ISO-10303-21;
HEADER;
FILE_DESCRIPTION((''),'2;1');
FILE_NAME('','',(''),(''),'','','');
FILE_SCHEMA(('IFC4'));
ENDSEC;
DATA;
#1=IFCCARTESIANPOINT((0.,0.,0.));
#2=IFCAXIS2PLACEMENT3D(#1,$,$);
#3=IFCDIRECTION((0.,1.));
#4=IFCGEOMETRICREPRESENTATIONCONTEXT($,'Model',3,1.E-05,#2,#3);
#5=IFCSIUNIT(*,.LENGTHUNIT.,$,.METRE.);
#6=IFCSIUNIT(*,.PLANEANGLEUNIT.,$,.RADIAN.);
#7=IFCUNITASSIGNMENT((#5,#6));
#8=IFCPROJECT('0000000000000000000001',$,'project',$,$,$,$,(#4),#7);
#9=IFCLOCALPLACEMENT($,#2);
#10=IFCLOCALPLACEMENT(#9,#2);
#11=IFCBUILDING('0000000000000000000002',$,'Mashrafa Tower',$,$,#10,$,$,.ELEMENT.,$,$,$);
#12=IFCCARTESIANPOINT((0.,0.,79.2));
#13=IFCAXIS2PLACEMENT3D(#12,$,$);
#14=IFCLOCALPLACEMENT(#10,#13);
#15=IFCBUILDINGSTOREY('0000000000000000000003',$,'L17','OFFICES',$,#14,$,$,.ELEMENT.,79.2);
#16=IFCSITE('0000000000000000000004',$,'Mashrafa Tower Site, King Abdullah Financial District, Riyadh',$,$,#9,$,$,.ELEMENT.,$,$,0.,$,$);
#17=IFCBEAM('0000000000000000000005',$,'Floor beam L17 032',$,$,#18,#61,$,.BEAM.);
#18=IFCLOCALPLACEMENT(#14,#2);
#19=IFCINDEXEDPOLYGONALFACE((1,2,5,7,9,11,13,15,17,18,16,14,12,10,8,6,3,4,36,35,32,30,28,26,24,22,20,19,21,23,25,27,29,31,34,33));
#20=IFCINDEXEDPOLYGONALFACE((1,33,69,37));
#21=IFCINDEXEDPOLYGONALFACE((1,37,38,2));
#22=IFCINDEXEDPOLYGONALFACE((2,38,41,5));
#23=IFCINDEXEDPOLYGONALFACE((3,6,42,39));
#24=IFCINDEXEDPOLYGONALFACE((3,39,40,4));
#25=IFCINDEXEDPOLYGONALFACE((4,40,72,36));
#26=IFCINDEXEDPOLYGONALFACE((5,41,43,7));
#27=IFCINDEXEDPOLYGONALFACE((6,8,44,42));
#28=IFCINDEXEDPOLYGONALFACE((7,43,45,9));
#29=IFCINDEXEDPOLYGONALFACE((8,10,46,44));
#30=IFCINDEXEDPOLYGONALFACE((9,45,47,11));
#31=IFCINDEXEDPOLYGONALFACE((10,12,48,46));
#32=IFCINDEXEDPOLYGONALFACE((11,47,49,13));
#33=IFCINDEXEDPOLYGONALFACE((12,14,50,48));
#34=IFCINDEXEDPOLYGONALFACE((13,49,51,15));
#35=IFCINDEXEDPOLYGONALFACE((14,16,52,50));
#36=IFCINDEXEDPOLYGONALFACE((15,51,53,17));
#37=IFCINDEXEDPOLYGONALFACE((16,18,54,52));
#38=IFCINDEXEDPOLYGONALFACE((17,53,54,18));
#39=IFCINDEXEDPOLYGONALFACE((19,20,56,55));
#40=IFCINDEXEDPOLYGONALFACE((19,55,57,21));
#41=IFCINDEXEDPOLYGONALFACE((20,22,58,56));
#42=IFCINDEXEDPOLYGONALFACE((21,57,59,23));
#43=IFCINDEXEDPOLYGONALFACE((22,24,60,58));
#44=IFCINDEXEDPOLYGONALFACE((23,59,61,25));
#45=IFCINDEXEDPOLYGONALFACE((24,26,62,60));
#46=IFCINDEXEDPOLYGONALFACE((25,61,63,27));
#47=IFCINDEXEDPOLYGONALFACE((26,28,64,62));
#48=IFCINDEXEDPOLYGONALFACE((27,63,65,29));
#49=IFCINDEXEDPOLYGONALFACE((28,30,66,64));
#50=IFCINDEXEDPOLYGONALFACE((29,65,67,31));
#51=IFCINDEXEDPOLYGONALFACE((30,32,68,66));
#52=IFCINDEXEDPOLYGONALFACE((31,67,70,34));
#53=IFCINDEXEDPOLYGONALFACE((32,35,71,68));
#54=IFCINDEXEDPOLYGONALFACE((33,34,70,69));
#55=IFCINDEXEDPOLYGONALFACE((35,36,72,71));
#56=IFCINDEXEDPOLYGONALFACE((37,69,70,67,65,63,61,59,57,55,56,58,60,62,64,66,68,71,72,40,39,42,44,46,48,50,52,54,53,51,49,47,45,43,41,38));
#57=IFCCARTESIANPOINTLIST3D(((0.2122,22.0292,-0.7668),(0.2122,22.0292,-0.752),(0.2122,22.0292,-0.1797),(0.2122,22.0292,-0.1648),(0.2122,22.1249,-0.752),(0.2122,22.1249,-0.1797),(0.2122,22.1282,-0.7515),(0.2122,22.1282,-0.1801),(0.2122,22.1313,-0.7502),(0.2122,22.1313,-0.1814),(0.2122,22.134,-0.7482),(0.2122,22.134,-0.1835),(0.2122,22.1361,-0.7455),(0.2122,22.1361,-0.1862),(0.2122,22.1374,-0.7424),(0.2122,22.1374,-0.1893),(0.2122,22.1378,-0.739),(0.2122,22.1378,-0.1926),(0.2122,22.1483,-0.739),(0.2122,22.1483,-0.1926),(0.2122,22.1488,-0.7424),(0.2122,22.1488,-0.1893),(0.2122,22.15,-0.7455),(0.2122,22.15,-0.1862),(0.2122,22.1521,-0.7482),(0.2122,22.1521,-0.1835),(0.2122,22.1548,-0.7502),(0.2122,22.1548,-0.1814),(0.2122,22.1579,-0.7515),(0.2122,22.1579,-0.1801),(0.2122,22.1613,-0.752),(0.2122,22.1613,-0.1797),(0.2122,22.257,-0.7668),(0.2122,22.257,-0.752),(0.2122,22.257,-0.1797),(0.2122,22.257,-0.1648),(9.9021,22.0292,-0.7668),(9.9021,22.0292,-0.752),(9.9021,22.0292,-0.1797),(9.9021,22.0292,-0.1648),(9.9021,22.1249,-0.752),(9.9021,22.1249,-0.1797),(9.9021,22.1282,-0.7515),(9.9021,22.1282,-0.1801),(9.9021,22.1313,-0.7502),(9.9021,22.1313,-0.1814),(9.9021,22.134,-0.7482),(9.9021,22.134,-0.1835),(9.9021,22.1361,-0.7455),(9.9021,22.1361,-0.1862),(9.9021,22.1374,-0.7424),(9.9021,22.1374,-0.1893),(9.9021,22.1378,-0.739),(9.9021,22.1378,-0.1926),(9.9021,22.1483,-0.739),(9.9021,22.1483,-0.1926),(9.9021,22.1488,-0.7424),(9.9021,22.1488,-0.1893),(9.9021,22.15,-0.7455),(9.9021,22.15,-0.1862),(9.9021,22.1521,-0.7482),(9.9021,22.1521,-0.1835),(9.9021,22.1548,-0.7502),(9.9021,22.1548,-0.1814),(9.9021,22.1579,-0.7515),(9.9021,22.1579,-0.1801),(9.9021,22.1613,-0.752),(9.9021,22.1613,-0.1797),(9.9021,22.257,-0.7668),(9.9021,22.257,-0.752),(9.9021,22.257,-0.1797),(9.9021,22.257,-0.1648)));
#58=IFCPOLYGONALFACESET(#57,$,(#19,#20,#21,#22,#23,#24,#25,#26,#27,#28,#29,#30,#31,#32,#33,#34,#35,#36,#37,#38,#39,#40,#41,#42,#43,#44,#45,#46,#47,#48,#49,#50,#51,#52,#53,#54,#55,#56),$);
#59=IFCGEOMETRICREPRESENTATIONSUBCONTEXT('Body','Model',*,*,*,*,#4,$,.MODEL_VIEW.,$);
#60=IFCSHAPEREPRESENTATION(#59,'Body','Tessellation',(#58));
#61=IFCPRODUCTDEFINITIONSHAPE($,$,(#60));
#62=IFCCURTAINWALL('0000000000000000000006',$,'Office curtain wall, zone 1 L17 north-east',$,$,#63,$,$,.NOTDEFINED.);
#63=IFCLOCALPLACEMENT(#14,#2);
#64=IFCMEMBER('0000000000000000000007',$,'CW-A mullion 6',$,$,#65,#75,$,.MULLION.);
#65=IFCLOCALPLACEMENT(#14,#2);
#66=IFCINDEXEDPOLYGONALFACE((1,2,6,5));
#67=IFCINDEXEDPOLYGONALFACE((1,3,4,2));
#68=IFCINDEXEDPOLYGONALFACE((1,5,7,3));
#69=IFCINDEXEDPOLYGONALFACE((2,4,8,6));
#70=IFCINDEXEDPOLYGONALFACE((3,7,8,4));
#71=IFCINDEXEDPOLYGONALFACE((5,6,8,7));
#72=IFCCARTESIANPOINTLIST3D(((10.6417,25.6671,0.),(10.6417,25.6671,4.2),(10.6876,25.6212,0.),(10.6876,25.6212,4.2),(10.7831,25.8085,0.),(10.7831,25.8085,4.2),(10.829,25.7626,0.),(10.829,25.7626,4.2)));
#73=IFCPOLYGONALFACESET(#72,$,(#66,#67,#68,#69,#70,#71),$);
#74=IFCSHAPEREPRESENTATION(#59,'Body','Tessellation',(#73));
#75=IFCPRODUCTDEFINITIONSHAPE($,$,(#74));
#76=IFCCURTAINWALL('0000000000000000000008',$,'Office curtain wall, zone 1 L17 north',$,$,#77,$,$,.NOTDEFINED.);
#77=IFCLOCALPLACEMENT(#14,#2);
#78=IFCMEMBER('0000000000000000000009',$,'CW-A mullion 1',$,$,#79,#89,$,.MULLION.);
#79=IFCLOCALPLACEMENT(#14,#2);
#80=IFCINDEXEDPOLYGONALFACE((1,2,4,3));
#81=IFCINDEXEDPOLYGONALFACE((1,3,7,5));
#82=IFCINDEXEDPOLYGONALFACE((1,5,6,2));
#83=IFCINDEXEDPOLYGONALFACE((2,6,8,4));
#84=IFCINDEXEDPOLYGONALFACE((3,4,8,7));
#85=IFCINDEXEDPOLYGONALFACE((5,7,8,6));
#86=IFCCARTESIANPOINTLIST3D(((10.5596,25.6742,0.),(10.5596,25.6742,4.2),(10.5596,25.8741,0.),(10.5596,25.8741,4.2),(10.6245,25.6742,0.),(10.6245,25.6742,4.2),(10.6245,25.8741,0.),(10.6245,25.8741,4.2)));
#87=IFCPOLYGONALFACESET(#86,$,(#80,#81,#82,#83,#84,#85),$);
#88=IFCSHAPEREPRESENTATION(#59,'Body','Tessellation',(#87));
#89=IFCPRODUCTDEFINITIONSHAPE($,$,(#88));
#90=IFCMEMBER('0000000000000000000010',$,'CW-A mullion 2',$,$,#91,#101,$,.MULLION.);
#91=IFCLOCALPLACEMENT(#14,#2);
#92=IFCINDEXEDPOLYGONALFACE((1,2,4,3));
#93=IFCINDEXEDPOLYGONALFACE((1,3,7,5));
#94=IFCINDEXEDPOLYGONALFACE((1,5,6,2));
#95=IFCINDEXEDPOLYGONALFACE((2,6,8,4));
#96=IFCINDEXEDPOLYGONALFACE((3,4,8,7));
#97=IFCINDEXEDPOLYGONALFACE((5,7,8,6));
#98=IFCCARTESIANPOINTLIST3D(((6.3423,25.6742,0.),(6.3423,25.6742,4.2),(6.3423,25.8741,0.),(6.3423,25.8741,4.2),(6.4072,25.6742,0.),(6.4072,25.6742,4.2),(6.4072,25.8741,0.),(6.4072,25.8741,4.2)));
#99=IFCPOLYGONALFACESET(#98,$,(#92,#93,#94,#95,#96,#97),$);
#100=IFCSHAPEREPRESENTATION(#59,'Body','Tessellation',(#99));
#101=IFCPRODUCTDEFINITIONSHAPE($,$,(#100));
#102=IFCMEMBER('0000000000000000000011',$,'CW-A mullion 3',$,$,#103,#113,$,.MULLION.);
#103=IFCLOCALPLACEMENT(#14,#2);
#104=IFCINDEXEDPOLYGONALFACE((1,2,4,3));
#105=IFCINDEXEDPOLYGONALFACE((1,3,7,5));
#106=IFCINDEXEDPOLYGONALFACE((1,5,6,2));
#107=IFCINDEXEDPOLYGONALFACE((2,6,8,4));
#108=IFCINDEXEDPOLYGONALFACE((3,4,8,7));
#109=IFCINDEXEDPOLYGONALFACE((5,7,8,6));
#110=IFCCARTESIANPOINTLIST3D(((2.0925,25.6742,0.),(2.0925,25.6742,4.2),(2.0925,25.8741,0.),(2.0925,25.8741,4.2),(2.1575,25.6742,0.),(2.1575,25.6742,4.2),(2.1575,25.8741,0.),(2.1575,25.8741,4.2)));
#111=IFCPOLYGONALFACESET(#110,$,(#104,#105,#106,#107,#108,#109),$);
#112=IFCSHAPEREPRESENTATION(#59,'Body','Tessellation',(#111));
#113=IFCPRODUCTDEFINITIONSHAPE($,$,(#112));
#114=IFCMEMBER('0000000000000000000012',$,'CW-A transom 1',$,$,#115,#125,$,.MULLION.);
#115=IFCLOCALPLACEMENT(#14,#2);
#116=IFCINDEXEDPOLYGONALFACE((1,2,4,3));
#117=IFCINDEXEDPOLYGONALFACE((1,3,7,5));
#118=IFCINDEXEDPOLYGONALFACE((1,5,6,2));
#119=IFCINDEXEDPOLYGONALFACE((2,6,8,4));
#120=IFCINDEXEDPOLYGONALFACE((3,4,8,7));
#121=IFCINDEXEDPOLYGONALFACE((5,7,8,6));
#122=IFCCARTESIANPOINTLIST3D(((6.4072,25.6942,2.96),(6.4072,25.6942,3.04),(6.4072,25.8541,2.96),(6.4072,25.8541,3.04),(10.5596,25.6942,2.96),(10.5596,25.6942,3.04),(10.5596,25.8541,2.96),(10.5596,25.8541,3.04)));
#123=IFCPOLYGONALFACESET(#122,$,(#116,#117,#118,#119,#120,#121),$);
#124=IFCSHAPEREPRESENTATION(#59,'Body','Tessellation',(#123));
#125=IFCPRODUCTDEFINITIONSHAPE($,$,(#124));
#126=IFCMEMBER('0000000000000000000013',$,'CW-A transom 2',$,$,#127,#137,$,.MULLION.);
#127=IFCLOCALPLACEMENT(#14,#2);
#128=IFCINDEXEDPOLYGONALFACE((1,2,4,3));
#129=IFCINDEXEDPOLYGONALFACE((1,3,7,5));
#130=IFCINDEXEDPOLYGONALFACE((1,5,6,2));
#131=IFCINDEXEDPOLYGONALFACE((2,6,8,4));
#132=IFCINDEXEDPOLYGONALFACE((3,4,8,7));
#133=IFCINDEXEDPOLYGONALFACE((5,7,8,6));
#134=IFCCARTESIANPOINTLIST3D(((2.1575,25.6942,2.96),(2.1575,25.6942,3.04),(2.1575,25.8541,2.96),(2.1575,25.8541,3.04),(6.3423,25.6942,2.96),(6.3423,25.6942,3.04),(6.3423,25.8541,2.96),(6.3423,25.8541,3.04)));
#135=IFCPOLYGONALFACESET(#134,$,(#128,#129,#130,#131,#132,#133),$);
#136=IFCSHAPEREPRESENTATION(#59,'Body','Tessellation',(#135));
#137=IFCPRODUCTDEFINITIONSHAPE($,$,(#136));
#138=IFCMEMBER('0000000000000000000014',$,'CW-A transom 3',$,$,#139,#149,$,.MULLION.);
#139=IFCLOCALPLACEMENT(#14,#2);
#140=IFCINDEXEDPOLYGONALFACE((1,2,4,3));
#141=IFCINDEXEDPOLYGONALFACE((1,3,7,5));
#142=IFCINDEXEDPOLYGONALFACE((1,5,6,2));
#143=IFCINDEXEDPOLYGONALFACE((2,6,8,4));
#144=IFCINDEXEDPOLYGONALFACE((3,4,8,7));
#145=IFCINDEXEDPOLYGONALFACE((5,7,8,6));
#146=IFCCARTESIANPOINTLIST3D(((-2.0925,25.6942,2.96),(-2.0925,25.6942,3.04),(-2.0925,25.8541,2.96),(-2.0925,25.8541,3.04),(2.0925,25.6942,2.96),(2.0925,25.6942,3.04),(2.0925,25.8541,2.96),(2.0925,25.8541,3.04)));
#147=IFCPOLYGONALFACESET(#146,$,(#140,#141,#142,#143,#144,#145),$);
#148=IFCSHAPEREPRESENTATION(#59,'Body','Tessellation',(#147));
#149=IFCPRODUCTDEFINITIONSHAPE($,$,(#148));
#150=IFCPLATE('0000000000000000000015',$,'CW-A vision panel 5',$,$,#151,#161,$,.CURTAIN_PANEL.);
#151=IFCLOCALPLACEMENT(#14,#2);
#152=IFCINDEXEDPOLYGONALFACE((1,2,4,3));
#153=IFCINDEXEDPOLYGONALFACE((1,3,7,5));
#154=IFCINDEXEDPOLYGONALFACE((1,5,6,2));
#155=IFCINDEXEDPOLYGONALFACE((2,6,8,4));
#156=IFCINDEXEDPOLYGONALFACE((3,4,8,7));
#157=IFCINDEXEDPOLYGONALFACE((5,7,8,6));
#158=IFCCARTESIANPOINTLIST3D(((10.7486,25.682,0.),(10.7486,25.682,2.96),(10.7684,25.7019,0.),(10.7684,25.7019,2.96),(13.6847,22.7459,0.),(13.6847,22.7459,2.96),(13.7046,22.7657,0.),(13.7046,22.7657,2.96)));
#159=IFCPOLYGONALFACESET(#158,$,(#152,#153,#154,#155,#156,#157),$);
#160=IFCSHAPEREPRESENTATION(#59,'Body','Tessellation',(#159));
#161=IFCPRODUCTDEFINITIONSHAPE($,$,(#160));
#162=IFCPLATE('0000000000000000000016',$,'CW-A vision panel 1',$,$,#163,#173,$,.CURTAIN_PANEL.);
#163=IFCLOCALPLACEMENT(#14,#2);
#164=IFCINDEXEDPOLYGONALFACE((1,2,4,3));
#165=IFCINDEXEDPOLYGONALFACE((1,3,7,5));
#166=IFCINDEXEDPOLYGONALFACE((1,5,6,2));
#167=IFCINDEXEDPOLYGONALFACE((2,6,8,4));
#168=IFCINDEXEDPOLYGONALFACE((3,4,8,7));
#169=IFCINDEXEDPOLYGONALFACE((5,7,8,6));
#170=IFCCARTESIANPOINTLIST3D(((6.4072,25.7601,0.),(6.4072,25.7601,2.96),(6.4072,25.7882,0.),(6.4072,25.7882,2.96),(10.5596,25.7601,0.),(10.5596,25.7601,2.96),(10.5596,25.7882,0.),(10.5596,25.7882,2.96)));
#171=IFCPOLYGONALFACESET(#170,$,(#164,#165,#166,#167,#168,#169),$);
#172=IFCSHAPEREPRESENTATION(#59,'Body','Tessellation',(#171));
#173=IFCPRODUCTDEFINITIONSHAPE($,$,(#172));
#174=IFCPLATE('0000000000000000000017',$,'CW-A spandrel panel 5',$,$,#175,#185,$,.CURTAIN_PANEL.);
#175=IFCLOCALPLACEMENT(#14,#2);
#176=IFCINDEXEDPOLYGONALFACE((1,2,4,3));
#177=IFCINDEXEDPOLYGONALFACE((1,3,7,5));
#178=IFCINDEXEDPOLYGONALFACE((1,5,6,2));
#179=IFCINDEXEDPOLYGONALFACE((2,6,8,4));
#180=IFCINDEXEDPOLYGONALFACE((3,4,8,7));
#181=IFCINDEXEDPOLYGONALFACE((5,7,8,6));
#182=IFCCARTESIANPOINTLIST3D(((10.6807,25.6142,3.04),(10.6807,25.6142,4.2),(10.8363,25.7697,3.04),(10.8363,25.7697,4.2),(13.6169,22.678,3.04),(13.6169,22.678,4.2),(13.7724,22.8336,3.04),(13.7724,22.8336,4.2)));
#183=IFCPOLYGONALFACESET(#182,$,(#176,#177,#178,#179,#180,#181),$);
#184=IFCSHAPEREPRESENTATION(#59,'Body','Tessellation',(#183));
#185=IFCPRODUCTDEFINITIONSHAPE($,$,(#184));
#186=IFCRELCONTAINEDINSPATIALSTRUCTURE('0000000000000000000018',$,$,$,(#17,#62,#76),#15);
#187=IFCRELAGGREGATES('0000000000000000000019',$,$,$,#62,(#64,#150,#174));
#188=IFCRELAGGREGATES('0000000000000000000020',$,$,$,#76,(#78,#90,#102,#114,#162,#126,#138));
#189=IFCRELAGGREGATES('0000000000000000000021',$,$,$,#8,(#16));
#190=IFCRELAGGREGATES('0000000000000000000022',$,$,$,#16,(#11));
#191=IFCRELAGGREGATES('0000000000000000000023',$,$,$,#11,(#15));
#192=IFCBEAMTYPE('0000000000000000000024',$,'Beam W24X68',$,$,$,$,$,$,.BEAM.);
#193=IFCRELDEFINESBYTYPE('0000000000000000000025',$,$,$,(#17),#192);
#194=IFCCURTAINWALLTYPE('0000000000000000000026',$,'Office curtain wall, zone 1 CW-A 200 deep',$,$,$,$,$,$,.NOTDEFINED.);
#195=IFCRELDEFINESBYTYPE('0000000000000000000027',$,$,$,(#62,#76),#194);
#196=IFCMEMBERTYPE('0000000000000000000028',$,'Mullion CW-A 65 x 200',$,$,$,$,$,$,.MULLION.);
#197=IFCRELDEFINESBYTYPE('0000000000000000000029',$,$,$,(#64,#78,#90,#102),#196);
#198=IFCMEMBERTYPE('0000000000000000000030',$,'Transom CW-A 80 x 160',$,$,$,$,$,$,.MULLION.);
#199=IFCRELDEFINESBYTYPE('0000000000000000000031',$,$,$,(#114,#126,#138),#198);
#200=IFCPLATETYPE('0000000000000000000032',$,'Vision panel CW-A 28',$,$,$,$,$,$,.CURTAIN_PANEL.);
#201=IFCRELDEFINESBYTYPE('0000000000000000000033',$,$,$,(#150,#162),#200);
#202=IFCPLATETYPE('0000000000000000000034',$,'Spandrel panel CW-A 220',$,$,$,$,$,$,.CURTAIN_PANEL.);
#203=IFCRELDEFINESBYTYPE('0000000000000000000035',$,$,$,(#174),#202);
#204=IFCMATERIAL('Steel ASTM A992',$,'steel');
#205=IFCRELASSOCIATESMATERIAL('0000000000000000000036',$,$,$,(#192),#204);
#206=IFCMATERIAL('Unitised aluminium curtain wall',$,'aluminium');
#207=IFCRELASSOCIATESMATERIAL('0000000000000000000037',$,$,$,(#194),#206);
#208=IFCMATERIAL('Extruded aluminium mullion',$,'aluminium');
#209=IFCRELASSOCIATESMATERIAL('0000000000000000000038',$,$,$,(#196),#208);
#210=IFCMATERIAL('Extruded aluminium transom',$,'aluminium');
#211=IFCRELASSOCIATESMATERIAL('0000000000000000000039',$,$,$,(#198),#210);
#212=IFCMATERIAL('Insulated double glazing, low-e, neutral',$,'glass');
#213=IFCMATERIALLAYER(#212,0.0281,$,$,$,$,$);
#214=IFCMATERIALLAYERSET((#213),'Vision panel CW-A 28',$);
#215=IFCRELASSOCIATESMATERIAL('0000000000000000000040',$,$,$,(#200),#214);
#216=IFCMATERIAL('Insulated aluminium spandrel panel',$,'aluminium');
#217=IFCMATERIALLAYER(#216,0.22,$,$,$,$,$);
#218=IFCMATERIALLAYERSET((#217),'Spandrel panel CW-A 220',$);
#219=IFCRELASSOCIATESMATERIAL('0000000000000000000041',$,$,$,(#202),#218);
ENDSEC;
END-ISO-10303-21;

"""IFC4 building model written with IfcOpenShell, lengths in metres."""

from ifc_helpers import new_model, si_unit, direction, frame, origin, origin_2d, place, context, subcontext, project, spatial, rectangle, i_section, extrude, source, transform, mapped, material, layer, layer_set, material_profile, profile_set, type_object, type_shapes, element, aggregate, save


model = new_model("IFC4")

# Units and contexts
model_context = context("Model", 3, precision=1e-05, world=origin(), true_north=direction((0.0, 1.0)))
body_context = subcontext(model_context, "Body", "Model", "MODEL_VIEW")
ifc_project = project(units=[si_unit("LENGTHUNIT", "METRE"), si_unit("PLANEANGLEUNIT", "RADIAN")], contexts=[model_context])

# Site, building, storey
site_placement = place(None, origin())
site = spatial("IfcSite", under=ifc_project, at=site_placement, Name="Mashrafa Tower Site, King Abdullah Financial District, Riyadh", CompositionType="ELEMENT", RefElevation=0.0)
building_placement = place(site_placement, origin())
building = spatial("IfcBuilding", under=site, at=building_placement, Name="Mashrafa Tower", CompositionType="ELEMENT")
storey_placement = place(building_placement, frame((0.0, 0.0, 79.2)))
storey = spatial("IfcBuildingStorey", under=building, at=storey_placement, Name="L17", Description="OFFICES", CompositionType="ELEMENT", Elevation=79.2)

# Beam
ifc_material_1 = material(Name="Steel ASTM A992", Category="steel")
ifc_material_profile_1 = material_profile(ifc_material_1, i_section(OverallWidth=0.2278, OverallDepth=0.6021, WebThickness=0.0105, FlangeThickness=0.0149, FilletRadius=0.0129, at=origin_2d()), Name="W24X68")
ifc_profile_set_1 = profile_set([ifc_material_profile_1], Name="Steel ASTM A992")
beam_type_1 = type_object("IfcBeamType", Name="Beam W24X68", PredefinedType="BEAM", material=ifc_profile_set_1)
beam_1_placement = place(storey_placement, frame((0.2122, 22.1431, -0.4658), z_axis=(1.0, 0.0, 0.0), x_axis=(0.0, 1.0, 0.0)))
element("IfcBeam", 1, at=beam_1_placement, inside=storey, type_object=beam_type_1, Name="Floor beam L17 032", PredefinedType="BEAM", context=body_context, shape_type="SweptSolid", body=[
    extrude(i_section(OverallWidth=0.2278, OverallDepth=0.6021, WebThickness=0.0105, FlangeThickness=0.0149, FilletRadius=0.0129, at=origin_2d()), origin(), (0.0, 0.0, 1.0), 9.6899),
])

# Curtain wall, member
ifc_material_2 = material(Name="Unitised aluminium curtain wall", Category="aluminium")
curtain_wall_type = type_object("IfcCurtainWallType", Name="Office curtain wall, zone 1 CW-A 200 deep", PredefinedType="NOTDEFINED", material=ifc_material_2)
curtain_wall_1_placement = place(storey_placement, origin())
curtain_wall_1 = element("IfcCurtainWall", 2, at=curtain_wall_1_placement, inside=storey, type_object=curtain_wall_type, Name="Office curtain wall, zone 1 L17 north-east", PredefinedType="NOTDEFINED")
ifc_material_3 = material(Name="Extruded aluminium mullion", Category="aluminium")
ifc_material_profile_2 = material_profile(ifc_material_3, rectangle(XDim=0.2, YDim=0.0649, at=origin_2d()), Name="Mullion 65x200")
ifc_profile_set_2 = profile_set([ifc_material_profile_2], Name="Extruded aluminium mullion")
member_type_1 = type_object("IfcMemberType", Name="Mullion CW-A 65 x 200", PredefinedType="MULLION", material=ifc_profile_set_2)
shared_shape_1 = source(origin(), body_context, "Body", "SweptSolid", [
    extrude(rectangle(XDim=0.2, YDim=0.0649, at=origin_2d()), origin(), (0.0, 0.0, 1.0), 4.2),
])
type_shapes(member_type_1, [shared_shape_1])
member_1_placement = place(storey_placement, frame((10.7354, 25.7148, 0.0), z_axis=(0.0, 0.0, 1.0), x_axis=(-0.707107, -0.707107, 0.0)))
member_1 = element("IfcMember", 3, at=member_1_placement, type_object=member_type_1, Name="CW-A mullion 6", PredefinedType="MULLION", context=body_context, shape_type="MappedRepresentation", body=[
    mapped(shared_shape_1, transform((0.0, 0.0, 0.0))),
])

# Curtain wall, members
curtain_wall_2_placement = place(storey_placement, origin())
curtain_wall_2 = element("IfcCurtainWall", 4, at=curtain_wall_2_placement, inside=storey, type_object=curtain_wall_type, Name="Office curtain wall, zone 1 L17 north", PredefinedType="NOTDEFINED")
member_2_placement = place(storey_placement, frame((10.592, 25.7742, 0.0), z_axis=(0.0, 0.0, 1.0), x_axis=(0.0, -1.0, 0.0)))
member_2 = element("IfcMember", 5, at=member_2_placement, type_object=member_type_1, Name="CW-A mullion 1", PredefinedType="MULLION", context=body_context, shape_type="MappedRepresentation", body=[
    mapped(shared_shape_1, transform((0.0, 0.0, 0.0))),
])
member_3_placement = place(storey_placement, frame((6.3748, 25.7742, 0.0), z_axis=(0.0, 0.0, 1.0), x_axis=(0.0, -1.0, 0.0)))
member_3 = element("IfcMember", 6, at=member_3_placement, type_object=member_type_1, Name="CW-A mullion 2", PredefinedType="MULLION", context=body_context, shape_type="MappedRepresentation", body=[
    mapped(shared_shape_1, transform((0.0, 0.0, 0.0))),
])
member_4_placement = place(storey_placement, frame((2.125, 25.7742, 0.0), z_axis=(0.0, 0.0, 1.0), x_axis=(0.0, -1.0, 0.0)))
member_4 = element("IfcMember", 7, at=member_4_placement, type_object=member_type_1, Name="CW-A mullion 3", PredefinedType="MULLION", context=body_context, shape_type="MappedRepresentation", body=[
    mapped(shared_shape_1, transform((0.0, 0.0, 0.0))),
])
ifc_material_4 = material(Name="Extruded aluminium transom", Category="aluminium")
ifc_material_profile_3 = material_profile(ifc_material_4, rectangle(XDim=0.1599, YDim=0.0801, at=origin_2d()), Name="Transom 80x160")
ifc_profile_set_3 = profile_set([ifc_material_profile_3], Name="Extruded aluminium transom")
member_type_2 = type_object("IfcMemberType", Name="Transom CW-A 80 x 160", PredefinedType="MULLION", material=ifc_profile_set_3)
shared_shape_2 = source(origin(), body_context, "Body", "SweptSolid", [
    extrude(rectangle(XDim=0.1599, YDim=0.0801, at=origin_2d()), origin(), (0.0, 0.0, 1.0), 4.1523),
])
member_5_placement = place(storey_placement, frame((10.5596, 25.7742, 3.0), z_axis=(-1.0, 0.0, 0.0), x_axis=(0.0, -1.0, 0.0)))
member_5 = element("IfcMember", 8, at=member_5_placement, type_object=member_type_2, Name="CW-A transom 1", PredefinedType="MULLION", context=body_context, shape_type="MappedRepresentation", body=[
    mapped(shared_shape_2, transform((0.0, 0.0, 0.0))),
])
shared_shape_3 = source(origin(), body_context, "Body", "SweptSolid", [
    extrude(rectangle(XDim=0.1599, YDim=0.0801, at=origin_2d()), origin(), (0.0, 0.0, 1.0), 4.1848),
])
member_6_placement = place(storey_placement, frame((6.3423, 25.7742, 3.0), z_axis=(-1.0, 0.0, 0.0), x_axis=(0.0, -1.0, 0.0)))
member_6 = element("IfcMember", 9, at=member_6_placement, type_object=member_type_2, Name="CW-A transom 2", PredefinedType="MULLION", context=body_context, shape_type="MappedRepresentation", body=[
    mapped(shared_shape_3, transform((0.0, 0.0, 0.0))),
])
shared_shape_4 = source(origin(), body_context, "Body", "SweptSolid", [
    extrude(rectangle(XDim=0.1599, YDim=0.0801, at=origin_2d()), origin(), (0.0, 0.0, 1.0), 4.1851),
])
type_shapes(member_type_2, [shared_shape_2, shared_shape_3, shared_shape_4])
member_7_placement = place(storey_placement, frame((2.0925, 25.7742, 3.0), z_axis=(-1.0, 0.0, 0.0), x_axis=(0.0, -1.0, 0.0)))
member_7 = element("IfcMember", 10, at=member_7_placement, type_object=member_type_2, Name="CW-A transom 3", PredefinedType="MULLION", context=body_context, shape_type="MappedRepresentation", body=[
    mapped(shared_shape_4, transform((0.0, 0.0, 0.0))),
])

# Plates
ifc_material_5 = material(Name="Insulated double glazing, low-e, neutral", Category="glass")
ifc_layer_1 = layer(ifc_material_5, 0.0281)
ifc_layer_set_1 = layer_set([ifc_layer_1], Name="Vision panel CW-A 28")
plate_type_1 = type_object("IfcPlateType", Name="Vision panel CW-A 28", PredefinedType="CURTAIN_PANEL", material=ifc_layer_set_1)
shared_shape_5 = source(origin(), body_context, "Body", "SweptSolid", [
    extrude(rectangle(XDim=4.1523, YDim=0.0281, at=origin_2d()), origin(), (0.0, 0.0, 1.0), 2.96),
])
plate_1_placement = place(storey_placement, frame((12.2266, 24.2239, 0.0), z_axis=(0.0, 0.0, 1.0), x_axis=(-0.707107, 0.707107, 0.0)))
plate_1 = element("IfcPlate", 11, at=plate_1_placement, type_object=plate_type_1, Name="CW-A vision panel 5", PredefinedType="CURTAIN_PANEL", context=body_context, shape_type="MappedRepresentation", body=[
    mapped(shared_shape_5, transform((0.0, 0.0, 0.0))),
])
plate_2_placement = place(storey_placement, frame((8.4834, 25.7742, 0.0), z_axis=(0.0, 0.0, 1.0), x_axis=(-1.0, 0.0, 0.0)))
plate_2 = element("IfcPlate", 12, at=plate_2_placement, type_object=plate_type_1, Name="CW-A vision panel 1", PredefinedType="CURTAIN_PANEL", context=body_context, shape_type="MappedRepresentation", body=[
    mapped(shared_shape_5, transform((0.0, 0.0, 0.0))),
])
ifc_material_6 = material(Name="Insulated aluminium spandrel panel", Category="aluminium")
ifc_layer_2 = layer(ifc_material_6, 0.22)
ifc_layer_set_2 = layer_set([ifc_layer_2], Name="Spandrel panel CW-A 220")
plate_type_2 = type_object("IfcPlateType", Name="Spandrel panel CW-A 220", PredefinedType="CURTAIN_PANEL", material=ifc_layer_set_2)
shared_shape_6 = source(origin(), body_context, "Body", "SweptSolid", [
    extrude(rectangle(XDim=4.1523, YDim=0.22, at=origin_2d()), origin(), (0.0, 0.0, 1.0), 1.1599),
])
plate_3_placement = place(storey_placement, frame((12.2266, 24.2239, 3.04), z_axis=(0.0, 0.0, 1.0), x_axis=(-0.707107, 0.707107, 0.0)))
plate_3 = element("IfcPlate", 13, at=plate_3_placement, type_object=plate_type_2, Name="CW-A spandrel panel 5", PredefinedType="CURTAIN_PANEL", context=body_context, shape_type="MappedRepresentation", body=[
    mapped(shared_shape_6, transform((0.0, 0.0, 0.0))),
])
aggregate(curtain_wall_1, [member_1, plate_1, plate_3])
aggregate(curtain_wall_2, [member_2, member_3, member_4, member_5, plate_2, member_6, member_7])

save(model, "model.ifc")
